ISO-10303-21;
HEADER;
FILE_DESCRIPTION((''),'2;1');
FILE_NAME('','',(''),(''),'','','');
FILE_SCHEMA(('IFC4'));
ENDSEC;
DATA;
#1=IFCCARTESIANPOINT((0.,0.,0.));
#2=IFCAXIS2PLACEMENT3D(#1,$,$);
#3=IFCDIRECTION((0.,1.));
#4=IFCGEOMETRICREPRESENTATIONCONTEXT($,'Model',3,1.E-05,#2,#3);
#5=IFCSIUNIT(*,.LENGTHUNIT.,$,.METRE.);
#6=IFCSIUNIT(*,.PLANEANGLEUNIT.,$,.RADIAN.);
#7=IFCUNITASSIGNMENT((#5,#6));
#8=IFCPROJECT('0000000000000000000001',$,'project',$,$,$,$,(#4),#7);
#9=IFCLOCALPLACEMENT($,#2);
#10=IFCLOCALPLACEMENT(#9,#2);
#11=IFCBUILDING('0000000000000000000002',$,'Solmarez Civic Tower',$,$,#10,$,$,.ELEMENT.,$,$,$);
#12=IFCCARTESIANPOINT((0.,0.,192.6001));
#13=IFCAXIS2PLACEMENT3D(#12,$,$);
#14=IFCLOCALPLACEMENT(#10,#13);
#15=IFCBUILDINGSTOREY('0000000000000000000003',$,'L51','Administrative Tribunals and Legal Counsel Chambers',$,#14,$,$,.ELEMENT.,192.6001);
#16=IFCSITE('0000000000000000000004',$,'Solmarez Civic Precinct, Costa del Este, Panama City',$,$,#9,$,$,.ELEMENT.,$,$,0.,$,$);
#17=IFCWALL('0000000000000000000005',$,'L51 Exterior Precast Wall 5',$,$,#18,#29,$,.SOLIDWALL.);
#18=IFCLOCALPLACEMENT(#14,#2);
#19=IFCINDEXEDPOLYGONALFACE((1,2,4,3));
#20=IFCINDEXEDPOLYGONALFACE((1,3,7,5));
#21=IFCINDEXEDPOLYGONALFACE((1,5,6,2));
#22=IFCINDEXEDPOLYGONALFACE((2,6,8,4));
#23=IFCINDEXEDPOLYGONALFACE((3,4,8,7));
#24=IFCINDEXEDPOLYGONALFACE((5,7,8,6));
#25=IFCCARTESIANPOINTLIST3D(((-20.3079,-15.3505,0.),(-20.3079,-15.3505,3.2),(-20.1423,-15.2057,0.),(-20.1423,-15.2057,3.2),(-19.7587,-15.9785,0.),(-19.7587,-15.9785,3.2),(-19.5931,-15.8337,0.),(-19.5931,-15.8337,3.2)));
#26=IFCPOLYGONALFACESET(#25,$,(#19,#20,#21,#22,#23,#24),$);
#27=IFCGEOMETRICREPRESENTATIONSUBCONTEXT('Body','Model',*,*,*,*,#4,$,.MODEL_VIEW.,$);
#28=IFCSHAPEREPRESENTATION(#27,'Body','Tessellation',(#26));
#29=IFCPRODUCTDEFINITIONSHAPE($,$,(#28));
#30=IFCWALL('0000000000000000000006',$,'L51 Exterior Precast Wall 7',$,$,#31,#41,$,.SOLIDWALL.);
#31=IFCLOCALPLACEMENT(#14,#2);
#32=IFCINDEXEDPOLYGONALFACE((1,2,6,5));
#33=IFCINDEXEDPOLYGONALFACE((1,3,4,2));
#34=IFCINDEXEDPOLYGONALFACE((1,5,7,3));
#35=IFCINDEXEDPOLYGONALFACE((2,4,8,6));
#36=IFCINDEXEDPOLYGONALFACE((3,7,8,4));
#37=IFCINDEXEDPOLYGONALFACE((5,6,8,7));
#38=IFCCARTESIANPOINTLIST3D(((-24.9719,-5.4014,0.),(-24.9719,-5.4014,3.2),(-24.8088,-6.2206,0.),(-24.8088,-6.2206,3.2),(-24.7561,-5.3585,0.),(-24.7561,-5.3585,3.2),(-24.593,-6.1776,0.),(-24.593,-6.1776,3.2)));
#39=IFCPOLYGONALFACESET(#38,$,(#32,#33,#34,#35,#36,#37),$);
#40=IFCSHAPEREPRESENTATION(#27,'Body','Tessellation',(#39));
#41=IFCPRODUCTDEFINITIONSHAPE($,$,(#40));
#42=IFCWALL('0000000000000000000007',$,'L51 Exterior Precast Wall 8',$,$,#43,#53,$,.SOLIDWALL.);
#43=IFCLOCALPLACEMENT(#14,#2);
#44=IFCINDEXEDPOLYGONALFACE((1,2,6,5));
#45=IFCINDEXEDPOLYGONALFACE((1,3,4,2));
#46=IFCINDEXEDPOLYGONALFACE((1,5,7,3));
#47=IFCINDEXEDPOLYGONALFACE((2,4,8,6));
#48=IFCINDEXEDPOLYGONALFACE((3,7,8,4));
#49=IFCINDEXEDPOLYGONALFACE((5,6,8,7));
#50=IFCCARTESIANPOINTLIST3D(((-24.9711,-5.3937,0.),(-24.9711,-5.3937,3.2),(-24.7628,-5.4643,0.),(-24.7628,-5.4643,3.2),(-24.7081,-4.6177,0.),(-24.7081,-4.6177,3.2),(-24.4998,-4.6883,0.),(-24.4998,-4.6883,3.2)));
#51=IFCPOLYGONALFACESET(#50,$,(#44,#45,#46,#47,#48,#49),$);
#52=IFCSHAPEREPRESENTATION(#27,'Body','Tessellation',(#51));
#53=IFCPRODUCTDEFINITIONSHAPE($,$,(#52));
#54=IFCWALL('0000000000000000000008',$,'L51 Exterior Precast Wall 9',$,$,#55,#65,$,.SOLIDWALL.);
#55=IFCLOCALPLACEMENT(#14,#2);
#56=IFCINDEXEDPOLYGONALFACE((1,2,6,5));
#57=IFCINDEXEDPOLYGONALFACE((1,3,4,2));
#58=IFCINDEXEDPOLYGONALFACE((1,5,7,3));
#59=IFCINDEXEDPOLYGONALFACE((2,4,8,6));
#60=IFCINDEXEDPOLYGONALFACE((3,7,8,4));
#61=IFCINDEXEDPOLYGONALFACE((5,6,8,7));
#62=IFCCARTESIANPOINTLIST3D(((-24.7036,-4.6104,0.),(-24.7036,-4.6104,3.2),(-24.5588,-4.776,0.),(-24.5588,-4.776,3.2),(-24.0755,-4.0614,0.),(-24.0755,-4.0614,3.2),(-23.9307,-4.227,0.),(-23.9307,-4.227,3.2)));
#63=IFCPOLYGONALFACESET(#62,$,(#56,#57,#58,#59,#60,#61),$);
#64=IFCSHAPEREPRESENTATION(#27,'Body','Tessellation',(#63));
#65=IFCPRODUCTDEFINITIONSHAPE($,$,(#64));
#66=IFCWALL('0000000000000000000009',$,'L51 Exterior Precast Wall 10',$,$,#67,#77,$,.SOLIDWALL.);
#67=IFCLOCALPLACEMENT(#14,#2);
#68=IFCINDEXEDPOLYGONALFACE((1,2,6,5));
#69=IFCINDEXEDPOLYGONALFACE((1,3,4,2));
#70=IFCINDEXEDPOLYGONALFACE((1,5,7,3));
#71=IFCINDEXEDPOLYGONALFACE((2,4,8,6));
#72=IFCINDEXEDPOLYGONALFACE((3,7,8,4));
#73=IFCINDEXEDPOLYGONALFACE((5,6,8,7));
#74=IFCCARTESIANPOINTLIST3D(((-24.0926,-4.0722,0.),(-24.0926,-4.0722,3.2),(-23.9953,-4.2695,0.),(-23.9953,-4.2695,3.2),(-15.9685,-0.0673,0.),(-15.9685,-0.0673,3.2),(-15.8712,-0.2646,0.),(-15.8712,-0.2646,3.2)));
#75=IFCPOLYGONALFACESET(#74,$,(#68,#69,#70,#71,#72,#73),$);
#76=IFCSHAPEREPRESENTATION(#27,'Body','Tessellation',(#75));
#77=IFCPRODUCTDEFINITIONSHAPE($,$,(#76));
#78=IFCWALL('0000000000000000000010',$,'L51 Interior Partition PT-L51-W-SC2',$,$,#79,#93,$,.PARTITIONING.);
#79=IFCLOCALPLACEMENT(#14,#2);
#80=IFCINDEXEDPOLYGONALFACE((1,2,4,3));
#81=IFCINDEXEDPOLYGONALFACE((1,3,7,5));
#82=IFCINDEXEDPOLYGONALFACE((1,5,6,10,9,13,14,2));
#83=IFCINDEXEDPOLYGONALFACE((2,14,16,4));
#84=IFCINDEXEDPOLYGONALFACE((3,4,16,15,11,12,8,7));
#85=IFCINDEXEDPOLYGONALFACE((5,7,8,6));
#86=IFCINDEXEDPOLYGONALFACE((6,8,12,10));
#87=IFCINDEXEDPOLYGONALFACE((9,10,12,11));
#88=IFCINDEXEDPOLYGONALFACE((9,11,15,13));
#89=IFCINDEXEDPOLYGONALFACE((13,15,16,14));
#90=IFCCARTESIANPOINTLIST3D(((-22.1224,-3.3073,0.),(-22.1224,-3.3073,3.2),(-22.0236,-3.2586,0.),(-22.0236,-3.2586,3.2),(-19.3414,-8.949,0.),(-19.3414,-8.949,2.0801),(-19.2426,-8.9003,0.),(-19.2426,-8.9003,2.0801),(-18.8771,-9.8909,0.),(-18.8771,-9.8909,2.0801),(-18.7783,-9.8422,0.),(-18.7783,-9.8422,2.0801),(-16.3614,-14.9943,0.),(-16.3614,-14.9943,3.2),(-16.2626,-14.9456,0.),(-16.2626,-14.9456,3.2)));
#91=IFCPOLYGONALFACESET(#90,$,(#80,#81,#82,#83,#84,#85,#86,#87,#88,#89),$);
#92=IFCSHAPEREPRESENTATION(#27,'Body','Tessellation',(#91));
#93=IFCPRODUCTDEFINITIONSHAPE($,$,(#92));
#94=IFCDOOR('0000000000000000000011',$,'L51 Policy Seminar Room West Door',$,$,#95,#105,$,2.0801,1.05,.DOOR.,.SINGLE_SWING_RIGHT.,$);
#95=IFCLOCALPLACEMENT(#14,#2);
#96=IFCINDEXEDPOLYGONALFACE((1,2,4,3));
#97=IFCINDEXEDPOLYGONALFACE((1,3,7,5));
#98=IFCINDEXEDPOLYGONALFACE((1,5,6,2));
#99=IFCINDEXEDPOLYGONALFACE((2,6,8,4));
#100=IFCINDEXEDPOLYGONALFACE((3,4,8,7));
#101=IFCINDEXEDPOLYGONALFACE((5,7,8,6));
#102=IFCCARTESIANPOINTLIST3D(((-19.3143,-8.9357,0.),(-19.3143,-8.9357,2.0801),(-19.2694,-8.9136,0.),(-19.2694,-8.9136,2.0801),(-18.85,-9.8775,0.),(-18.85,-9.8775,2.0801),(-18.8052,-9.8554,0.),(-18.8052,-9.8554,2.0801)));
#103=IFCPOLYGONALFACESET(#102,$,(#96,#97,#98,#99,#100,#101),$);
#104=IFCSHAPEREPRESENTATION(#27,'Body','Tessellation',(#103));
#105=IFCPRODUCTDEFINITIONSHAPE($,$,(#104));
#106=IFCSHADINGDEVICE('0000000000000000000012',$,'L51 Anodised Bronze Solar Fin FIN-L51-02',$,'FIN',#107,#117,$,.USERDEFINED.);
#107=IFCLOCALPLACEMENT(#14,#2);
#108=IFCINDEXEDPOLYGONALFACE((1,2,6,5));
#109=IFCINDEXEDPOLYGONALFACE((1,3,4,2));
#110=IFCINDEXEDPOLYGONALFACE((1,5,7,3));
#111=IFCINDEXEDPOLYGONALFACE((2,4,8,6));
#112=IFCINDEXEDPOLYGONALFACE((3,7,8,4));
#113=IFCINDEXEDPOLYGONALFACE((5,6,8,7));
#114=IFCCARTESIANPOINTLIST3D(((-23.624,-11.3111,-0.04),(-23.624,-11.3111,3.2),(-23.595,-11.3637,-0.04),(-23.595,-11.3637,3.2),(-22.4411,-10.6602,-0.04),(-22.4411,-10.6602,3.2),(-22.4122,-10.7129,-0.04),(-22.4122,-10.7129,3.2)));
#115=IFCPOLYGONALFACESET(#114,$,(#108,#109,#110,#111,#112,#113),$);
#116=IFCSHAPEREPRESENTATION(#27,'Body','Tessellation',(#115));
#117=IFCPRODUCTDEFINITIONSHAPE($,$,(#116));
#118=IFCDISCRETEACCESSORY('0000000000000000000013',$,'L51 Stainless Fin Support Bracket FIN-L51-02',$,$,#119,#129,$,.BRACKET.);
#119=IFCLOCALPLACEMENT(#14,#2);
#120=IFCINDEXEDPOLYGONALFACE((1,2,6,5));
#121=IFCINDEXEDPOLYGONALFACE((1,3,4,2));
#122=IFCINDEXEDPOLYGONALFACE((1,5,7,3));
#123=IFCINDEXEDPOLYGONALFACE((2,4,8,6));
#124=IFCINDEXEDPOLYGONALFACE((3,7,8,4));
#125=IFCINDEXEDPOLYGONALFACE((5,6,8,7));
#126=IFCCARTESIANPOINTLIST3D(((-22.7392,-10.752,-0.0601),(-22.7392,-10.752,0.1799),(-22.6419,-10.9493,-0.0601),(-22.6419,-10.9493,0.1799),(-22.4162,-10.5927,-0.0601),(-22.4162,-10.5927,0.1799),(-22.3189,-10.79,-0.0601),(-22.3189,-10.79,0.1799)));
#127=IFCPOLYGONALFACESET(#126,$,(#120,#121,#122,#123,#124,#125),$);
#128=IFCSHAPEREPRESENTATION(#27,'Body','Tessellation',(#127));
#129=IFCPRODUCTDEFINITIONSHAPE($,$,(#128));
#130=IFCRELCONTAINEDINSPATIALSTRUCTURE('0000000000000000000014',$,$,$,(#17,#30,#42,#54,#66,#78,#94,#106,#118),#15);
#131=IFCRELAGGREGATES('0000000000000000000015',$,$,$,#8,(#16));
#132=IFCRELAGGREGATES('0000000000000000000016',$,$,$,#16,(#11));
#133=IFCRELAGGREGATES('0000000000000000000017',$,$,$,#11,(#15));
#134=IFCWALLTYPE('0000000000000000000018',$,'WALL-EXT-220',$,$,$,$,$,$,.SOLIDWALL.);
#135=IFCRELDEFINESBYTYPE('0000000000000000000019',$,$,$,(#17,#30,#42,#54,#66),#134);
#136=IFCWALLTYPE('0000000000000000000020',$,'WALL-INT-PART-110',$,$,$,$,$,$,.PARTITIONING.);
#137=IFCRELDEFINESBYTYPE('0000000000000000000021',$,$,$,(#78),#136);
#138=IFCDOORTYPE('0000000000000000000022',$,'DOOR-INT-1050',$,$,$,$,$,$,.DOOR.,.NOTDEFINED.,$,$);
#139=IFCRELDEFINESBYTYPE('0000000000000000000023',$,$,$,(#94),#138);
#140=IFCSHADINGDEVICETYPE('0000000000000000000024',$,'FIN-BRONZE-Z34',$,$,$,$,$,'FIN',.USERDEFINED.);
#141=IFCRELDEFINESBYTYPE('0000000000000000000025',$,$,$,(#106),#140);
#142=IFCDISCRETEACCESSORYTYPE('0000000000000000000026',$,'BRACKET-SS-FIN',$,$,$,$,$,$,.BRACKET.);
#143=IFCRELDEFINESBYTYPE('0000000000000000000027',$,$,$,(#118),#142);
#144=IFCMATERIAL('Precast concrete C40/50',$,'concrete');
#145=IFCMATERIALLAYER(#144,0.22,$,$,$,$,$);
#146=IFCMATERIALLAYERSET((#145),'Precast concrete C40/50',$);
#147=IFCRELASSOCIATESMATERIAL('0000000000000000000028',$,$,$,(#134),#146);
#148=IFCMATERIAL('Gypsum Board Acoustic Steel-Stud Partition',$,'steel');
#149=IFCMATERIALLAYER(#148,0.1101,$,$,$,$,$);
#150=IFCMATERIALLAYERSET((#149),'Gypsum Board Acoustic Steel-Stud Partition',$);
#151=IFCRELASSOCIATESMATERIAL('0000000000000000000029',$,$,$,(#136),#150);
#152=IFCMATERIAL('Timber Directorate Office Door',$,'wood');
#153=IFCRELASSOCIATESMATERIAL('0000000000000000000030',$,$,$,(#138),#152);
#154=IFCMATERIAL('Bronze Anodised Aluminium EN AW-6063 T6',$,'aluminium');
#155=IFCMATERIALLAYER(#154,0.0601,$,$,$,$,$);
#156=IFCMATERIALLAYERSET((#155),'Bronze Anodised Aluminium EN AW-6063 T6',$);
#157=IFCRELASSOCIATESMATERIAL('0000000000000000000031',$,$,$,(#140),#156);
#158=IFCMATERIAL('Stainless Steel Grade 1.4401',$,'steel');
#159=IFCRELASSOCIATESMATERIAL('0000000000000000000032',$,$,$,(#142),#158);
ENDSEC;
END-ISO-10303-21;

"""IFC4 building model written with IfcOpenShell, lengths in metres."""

from ifc_helpers import new_model, si_unit, direction, frame, frame_2d, origin, origin_2d, place, context, subcontext, project, spatial, rectangle, extrude, material, layer, layer_set, type_object, element, fill, save


model = new_model("IFC4")

# Units and contexts
model_context = context("Model", 3, precision=1e-05, world=origin(), true_north=direction((0.0, 1.0)))
body_context = subcontext(model_context, "Body", "Model", "MODEL_VIEW")
ifc_project = project(units=[si_unit("LENGTHUNIT", "METRE"), si_unit("PLANEANGLEUNIT", "RADIAN")], contexts=[model_context])

# Site, building, storey
site_placement = place(None, origin())
site = spatial("IfcSite", under=ifc_project, at=site_placement, Name="Solmarez Civic Precinct, Costa del Este, Panama City", CompositionType="ELEMENT", RefElevation=0.0)
building_placement = place(site_placement, origin())
building = spatial("IfcBuilding", under=site, at=building_placement, Name="Solmarez Civic Tower", CompositionType="ELEMENT")
storey_placement = place(building_placement, frame((0.0, 0.0, 192.6001)))
storey = spatial("IfcBuildingStorey", under=building, at=storey_placement, Name="L51", Description="Administrative Tribunals and Legal Counsel Chambers", CompositionType="ELEMENT", Elevation=192.6001)

# Shared definitions
ifc_material_1 = material(Name="Bronze Anodised Aluminium EN AW-6063 T6", Category="aluminium")

# Walls
ifc_material_2 = material(Name="Precast concrete C40/50", Category="concrete")
ifc_layer_1 = layer(ifc_material_2, 0.22)
ifc_layer_set_1 = layer_set([ifc_layer_1], Name="Precast concrete C40/50")
wall_type_1 = type_object("IfcWallType", Name="WALL-EXT-220", PredefinedType="SOLIDWALL", material=ifc_layer_set_1)
wall_1_placement = place(storey_placement, frame((-19.676, -15.906, 0.0), z_axis=(0.0, 0.0, 1.0), x_axis=(-0.658256, 0.752794, 0.0)))
element("IfcWall", 1, at=wall_1_placement, inside=storey, type_object=wall_type_1, Name="L51 Exterior Precast Wall 5", PredefinedType="SOLIDWALL", context=body_context, shape_type="SweptSolid", body=[
    extrude(rectangle(XDim=0.8342, YDim=0.22, at=frame_2d((0.417, 0.0))), origin(), (0.0, 0.0, 1.0), 3.2),
])
wall_2_placement = place(storey_placement, frame((-24.7009, -6.199, 0.0), z_axis=(0.0, 0.0, 1.0), x_axis=(-0.195273, 0.980749, 0.0)))
element("IfcWall", 2, at=wall_2_placement, inside=storey, type_object=wall_type_1, Name="L51 Exterior Precast Wall 7", PredefinedType="SOLIDWALL", context=body_context, shape_type="SweptSolid", body=[
    extrude(rectangle(XDim=0.8352, YDim=0.22, at=frame_2d((0.4175, 0.0))), origin(), (0.0, 0.0, 1.0), 3.2),
])
wall_3_placement = place(storey_placement, frame((-24.8669, -5.429, 0.0), z_axis=(0.0, 0.0, 1.0), x_axis=(0.320962, 0.947092, 0.0)))
element("IfcWall", 3, at=wall_3_placement, inside=storey, type_object=wall_type_1, Name="L51 Exterior Precast Wall 8", PredefinedType="SOLIDWALL", context=body_context, shape_type="SweptSolid", body=[
    extrude(rectangle(XDim=0.8193, YDim=0.22, at=frame_2d((0.4097, 0.0))), origin(), (0.0, 0.0, 1.0), 3.2),
])
wall_4_placement = place(storey_placement, frame((-24.6311, -4.6931, 0.0), z_axis=(0.0, 0.0, 1.0), x_axis=(0.752921, 0.658111, 0.0)))
element("IfcWall", 4, at=wall_4_placement, inside=storey, type_object=wall_type_1, Name="L51 Exterior Precast Wall 9", PredefinedType="SOLIDWALL", context=body_context, shape_type="SweptSolid", body=[
    extrude(rectangle(XDim=0.8342, YDim=0.22, at=frame_2d((0.417, 0.0))), origin(), (0.0, 0.0, 1.0), 3.2),
])
wall_5_placement = place(storey_placement, frame((-24.0439, -4.1709, 0.0), z_axis=(0.0, 0.0, 1.0), x_axis=(0.896936, 0.442161, 0.0)))
element("IfcWall", 5, at=wall_5_placement, inside=storey, type_object=wall_type_1, Name="L51 Exterior Precast Wall 10", PredefinedType="SOLIDWALL", context=body_context, shape_type="SweptSolid", body=[
    extrude(rectangle(XDim=9.0576, YDim=0.22, at=frame_2d((4.5288, 0.0))), origin(), (0.0, 0.0, 1.0), 3.2),
])

# Wall, opening, door
ifc_material_3 = material(Name="Gypsum Board Acoustic Steel-Stud Partition", Category="steel")
ifc_layer_2 = layer(ifc_material_3, 0.1101)
ifc_layer_set_2 = layer_set([ifc_layer_2], Name="Gypsum Board Acoustic Steel-Stud Partition")
wall_type_2 = type_object("IfcWallType", Name="WALL-INT-PART-110", PredefinedType="PARTITIONING", material=ifc_layer_set_2)
wall_6_placement = place(storey_placement, frame((-16.312, -14.97, 0.0), z_axis=(0.0, 0.0, 1.0), x_axis=(-0.44214, 0.896946, 0.0)))
wall_6 = element("IfcWall", 6, at=wall_6_placement, inside=storey, type_object=wall_type_2, Name="L51 Interior Partition PT-L51-W-SC2", PredefinedType="PARTITIONING", context=body_context, shape_type="SweptSolid", body=[
    extrude(rectangle(XDim=13.0298, YDim=0.1101, at=frame_2d((6.5149, 0.0))), origin(), (0.0, 0.0, 1.0), 3.2),
])
opening_placement = place(wall_6_placement, frame((5.6899, 0.0, 0.0)))
opening = element("IfcOpeningElement", 7, at=opening_placement, cuts=wall_6, PredefinedType="OPENING", context=body_context, shape_type="SweptSolid", body=[
    extrude(rectangle(XDim=1.05, YDim=2.0801, at=frame_2d((0.5249, 1.04))), frame((0.0, 0.0649, 0.0), z_axis=(0.0, -1.0, 0.0), x_axis=(1.0, 0.0, 0.0)), (0.0, 0.0, 1.0), 0.1301),
])
ifc_material_4 = material(Name="Timber Directorate Office Door", Category="wood")
door_type = type_object("IfcDoorType", Name="DOOR-INT-1050", OperationType="NOTDEFINED", PredefinedType="DOOR", material=ifc_material_4)
door_placement = place(opening_placement, origin())
door = element("IfcDoor", 8, at=door_placement, inside=storey, type_object=door_type, Name="L51 Policy Seminar Room West Door", OperationType="SINGLE_SWING_RIGHT", OverallHeight=2.0801, OverallWidth=1.05, PredefinedType="DOOR", context=body_context, shape_type="SweptSolid", body=[
    extrude(rectangle(XDim=1.05, YDim=2.0801, at=frame_2d((0.5249, 1.04))), frame((0.0, 0.0249, 0.0), z_axis=(0.0, -1.0, 0.0), x_axis=(1.0, 0.0, 0.0)), (0.0, 0.0, 1.0), 0.05),
])
fill(opening, door)

# Shading device
ifc_layer_3 = layer(ifc_material_1, 0.0601)
ifc_layer_set_3 = layer_set([ifc_layer_3], Name="Bronze Anodised Aluminium EN AW-6063 T6")
shading_device_type = type_object("IfcShadingDeviceType", Name="FIN-BRONZE-Z34", ElementType="FIN", PredefinedType="USERDEFINED", material=ifc_layer_set_3)
shading_device_placement = place(storey_placement, frame((-23.0181, -11.012, -0.04), z_axis=(0.0, 0.0, 1.0), x_axis=(-0.876138, -0.48206, 0.0)))
element("IfcShadingDevice", 9, at=shading_device_placement, inside=storey, type_object=shading_device_type, Name="L51 Anodised Bronze Solar Fin FIN-L51-02", ObjectType="FIN", PredefinedType="USERDEFINED", context=body_context, shape_type="SweptSolid", body=[
    extrude(rectangle(XDim=1.3501, YDim=0.0601, at=origin_2d()), origin(), (0.0, 0.0, 1.0), 3.24),
])

# Discrete accessory
ifc_material_5 = material(Name="Stainless Steel Grade 1.4401", Category="steel")
discrete_accessory_type = type_object("IfcDiscreteAccessoryType", Name="BRACKET-SS-FIN", PredefinedType="BRACKET", material=ifc_material_5)
discrete_accessory_placement = place(storey_placement, frame((-22.5291, -10.771, -0.0601), z_axis=(0.0, 0.0, 1.0), x_axis=(-0.896949, -0.442133, 0.0)))
element("IfcDiscreteAccessory", 10, at=discrete_accessory_placement, inside=storey, type_object=discrete_accessory_type, Name="L51 Stainless Fin Support Bracket FIN-L51-02", PredefinedType="BRACKET", context=body_context, shape_type="SweptSolid", body=[
    extrude(rectangle(XDim=0.3601, YDim=0.22, at=origin_2d()), origin(), (0.0, 0.0, 1.0), 0.24),
])

save(model, "model.ifc")
